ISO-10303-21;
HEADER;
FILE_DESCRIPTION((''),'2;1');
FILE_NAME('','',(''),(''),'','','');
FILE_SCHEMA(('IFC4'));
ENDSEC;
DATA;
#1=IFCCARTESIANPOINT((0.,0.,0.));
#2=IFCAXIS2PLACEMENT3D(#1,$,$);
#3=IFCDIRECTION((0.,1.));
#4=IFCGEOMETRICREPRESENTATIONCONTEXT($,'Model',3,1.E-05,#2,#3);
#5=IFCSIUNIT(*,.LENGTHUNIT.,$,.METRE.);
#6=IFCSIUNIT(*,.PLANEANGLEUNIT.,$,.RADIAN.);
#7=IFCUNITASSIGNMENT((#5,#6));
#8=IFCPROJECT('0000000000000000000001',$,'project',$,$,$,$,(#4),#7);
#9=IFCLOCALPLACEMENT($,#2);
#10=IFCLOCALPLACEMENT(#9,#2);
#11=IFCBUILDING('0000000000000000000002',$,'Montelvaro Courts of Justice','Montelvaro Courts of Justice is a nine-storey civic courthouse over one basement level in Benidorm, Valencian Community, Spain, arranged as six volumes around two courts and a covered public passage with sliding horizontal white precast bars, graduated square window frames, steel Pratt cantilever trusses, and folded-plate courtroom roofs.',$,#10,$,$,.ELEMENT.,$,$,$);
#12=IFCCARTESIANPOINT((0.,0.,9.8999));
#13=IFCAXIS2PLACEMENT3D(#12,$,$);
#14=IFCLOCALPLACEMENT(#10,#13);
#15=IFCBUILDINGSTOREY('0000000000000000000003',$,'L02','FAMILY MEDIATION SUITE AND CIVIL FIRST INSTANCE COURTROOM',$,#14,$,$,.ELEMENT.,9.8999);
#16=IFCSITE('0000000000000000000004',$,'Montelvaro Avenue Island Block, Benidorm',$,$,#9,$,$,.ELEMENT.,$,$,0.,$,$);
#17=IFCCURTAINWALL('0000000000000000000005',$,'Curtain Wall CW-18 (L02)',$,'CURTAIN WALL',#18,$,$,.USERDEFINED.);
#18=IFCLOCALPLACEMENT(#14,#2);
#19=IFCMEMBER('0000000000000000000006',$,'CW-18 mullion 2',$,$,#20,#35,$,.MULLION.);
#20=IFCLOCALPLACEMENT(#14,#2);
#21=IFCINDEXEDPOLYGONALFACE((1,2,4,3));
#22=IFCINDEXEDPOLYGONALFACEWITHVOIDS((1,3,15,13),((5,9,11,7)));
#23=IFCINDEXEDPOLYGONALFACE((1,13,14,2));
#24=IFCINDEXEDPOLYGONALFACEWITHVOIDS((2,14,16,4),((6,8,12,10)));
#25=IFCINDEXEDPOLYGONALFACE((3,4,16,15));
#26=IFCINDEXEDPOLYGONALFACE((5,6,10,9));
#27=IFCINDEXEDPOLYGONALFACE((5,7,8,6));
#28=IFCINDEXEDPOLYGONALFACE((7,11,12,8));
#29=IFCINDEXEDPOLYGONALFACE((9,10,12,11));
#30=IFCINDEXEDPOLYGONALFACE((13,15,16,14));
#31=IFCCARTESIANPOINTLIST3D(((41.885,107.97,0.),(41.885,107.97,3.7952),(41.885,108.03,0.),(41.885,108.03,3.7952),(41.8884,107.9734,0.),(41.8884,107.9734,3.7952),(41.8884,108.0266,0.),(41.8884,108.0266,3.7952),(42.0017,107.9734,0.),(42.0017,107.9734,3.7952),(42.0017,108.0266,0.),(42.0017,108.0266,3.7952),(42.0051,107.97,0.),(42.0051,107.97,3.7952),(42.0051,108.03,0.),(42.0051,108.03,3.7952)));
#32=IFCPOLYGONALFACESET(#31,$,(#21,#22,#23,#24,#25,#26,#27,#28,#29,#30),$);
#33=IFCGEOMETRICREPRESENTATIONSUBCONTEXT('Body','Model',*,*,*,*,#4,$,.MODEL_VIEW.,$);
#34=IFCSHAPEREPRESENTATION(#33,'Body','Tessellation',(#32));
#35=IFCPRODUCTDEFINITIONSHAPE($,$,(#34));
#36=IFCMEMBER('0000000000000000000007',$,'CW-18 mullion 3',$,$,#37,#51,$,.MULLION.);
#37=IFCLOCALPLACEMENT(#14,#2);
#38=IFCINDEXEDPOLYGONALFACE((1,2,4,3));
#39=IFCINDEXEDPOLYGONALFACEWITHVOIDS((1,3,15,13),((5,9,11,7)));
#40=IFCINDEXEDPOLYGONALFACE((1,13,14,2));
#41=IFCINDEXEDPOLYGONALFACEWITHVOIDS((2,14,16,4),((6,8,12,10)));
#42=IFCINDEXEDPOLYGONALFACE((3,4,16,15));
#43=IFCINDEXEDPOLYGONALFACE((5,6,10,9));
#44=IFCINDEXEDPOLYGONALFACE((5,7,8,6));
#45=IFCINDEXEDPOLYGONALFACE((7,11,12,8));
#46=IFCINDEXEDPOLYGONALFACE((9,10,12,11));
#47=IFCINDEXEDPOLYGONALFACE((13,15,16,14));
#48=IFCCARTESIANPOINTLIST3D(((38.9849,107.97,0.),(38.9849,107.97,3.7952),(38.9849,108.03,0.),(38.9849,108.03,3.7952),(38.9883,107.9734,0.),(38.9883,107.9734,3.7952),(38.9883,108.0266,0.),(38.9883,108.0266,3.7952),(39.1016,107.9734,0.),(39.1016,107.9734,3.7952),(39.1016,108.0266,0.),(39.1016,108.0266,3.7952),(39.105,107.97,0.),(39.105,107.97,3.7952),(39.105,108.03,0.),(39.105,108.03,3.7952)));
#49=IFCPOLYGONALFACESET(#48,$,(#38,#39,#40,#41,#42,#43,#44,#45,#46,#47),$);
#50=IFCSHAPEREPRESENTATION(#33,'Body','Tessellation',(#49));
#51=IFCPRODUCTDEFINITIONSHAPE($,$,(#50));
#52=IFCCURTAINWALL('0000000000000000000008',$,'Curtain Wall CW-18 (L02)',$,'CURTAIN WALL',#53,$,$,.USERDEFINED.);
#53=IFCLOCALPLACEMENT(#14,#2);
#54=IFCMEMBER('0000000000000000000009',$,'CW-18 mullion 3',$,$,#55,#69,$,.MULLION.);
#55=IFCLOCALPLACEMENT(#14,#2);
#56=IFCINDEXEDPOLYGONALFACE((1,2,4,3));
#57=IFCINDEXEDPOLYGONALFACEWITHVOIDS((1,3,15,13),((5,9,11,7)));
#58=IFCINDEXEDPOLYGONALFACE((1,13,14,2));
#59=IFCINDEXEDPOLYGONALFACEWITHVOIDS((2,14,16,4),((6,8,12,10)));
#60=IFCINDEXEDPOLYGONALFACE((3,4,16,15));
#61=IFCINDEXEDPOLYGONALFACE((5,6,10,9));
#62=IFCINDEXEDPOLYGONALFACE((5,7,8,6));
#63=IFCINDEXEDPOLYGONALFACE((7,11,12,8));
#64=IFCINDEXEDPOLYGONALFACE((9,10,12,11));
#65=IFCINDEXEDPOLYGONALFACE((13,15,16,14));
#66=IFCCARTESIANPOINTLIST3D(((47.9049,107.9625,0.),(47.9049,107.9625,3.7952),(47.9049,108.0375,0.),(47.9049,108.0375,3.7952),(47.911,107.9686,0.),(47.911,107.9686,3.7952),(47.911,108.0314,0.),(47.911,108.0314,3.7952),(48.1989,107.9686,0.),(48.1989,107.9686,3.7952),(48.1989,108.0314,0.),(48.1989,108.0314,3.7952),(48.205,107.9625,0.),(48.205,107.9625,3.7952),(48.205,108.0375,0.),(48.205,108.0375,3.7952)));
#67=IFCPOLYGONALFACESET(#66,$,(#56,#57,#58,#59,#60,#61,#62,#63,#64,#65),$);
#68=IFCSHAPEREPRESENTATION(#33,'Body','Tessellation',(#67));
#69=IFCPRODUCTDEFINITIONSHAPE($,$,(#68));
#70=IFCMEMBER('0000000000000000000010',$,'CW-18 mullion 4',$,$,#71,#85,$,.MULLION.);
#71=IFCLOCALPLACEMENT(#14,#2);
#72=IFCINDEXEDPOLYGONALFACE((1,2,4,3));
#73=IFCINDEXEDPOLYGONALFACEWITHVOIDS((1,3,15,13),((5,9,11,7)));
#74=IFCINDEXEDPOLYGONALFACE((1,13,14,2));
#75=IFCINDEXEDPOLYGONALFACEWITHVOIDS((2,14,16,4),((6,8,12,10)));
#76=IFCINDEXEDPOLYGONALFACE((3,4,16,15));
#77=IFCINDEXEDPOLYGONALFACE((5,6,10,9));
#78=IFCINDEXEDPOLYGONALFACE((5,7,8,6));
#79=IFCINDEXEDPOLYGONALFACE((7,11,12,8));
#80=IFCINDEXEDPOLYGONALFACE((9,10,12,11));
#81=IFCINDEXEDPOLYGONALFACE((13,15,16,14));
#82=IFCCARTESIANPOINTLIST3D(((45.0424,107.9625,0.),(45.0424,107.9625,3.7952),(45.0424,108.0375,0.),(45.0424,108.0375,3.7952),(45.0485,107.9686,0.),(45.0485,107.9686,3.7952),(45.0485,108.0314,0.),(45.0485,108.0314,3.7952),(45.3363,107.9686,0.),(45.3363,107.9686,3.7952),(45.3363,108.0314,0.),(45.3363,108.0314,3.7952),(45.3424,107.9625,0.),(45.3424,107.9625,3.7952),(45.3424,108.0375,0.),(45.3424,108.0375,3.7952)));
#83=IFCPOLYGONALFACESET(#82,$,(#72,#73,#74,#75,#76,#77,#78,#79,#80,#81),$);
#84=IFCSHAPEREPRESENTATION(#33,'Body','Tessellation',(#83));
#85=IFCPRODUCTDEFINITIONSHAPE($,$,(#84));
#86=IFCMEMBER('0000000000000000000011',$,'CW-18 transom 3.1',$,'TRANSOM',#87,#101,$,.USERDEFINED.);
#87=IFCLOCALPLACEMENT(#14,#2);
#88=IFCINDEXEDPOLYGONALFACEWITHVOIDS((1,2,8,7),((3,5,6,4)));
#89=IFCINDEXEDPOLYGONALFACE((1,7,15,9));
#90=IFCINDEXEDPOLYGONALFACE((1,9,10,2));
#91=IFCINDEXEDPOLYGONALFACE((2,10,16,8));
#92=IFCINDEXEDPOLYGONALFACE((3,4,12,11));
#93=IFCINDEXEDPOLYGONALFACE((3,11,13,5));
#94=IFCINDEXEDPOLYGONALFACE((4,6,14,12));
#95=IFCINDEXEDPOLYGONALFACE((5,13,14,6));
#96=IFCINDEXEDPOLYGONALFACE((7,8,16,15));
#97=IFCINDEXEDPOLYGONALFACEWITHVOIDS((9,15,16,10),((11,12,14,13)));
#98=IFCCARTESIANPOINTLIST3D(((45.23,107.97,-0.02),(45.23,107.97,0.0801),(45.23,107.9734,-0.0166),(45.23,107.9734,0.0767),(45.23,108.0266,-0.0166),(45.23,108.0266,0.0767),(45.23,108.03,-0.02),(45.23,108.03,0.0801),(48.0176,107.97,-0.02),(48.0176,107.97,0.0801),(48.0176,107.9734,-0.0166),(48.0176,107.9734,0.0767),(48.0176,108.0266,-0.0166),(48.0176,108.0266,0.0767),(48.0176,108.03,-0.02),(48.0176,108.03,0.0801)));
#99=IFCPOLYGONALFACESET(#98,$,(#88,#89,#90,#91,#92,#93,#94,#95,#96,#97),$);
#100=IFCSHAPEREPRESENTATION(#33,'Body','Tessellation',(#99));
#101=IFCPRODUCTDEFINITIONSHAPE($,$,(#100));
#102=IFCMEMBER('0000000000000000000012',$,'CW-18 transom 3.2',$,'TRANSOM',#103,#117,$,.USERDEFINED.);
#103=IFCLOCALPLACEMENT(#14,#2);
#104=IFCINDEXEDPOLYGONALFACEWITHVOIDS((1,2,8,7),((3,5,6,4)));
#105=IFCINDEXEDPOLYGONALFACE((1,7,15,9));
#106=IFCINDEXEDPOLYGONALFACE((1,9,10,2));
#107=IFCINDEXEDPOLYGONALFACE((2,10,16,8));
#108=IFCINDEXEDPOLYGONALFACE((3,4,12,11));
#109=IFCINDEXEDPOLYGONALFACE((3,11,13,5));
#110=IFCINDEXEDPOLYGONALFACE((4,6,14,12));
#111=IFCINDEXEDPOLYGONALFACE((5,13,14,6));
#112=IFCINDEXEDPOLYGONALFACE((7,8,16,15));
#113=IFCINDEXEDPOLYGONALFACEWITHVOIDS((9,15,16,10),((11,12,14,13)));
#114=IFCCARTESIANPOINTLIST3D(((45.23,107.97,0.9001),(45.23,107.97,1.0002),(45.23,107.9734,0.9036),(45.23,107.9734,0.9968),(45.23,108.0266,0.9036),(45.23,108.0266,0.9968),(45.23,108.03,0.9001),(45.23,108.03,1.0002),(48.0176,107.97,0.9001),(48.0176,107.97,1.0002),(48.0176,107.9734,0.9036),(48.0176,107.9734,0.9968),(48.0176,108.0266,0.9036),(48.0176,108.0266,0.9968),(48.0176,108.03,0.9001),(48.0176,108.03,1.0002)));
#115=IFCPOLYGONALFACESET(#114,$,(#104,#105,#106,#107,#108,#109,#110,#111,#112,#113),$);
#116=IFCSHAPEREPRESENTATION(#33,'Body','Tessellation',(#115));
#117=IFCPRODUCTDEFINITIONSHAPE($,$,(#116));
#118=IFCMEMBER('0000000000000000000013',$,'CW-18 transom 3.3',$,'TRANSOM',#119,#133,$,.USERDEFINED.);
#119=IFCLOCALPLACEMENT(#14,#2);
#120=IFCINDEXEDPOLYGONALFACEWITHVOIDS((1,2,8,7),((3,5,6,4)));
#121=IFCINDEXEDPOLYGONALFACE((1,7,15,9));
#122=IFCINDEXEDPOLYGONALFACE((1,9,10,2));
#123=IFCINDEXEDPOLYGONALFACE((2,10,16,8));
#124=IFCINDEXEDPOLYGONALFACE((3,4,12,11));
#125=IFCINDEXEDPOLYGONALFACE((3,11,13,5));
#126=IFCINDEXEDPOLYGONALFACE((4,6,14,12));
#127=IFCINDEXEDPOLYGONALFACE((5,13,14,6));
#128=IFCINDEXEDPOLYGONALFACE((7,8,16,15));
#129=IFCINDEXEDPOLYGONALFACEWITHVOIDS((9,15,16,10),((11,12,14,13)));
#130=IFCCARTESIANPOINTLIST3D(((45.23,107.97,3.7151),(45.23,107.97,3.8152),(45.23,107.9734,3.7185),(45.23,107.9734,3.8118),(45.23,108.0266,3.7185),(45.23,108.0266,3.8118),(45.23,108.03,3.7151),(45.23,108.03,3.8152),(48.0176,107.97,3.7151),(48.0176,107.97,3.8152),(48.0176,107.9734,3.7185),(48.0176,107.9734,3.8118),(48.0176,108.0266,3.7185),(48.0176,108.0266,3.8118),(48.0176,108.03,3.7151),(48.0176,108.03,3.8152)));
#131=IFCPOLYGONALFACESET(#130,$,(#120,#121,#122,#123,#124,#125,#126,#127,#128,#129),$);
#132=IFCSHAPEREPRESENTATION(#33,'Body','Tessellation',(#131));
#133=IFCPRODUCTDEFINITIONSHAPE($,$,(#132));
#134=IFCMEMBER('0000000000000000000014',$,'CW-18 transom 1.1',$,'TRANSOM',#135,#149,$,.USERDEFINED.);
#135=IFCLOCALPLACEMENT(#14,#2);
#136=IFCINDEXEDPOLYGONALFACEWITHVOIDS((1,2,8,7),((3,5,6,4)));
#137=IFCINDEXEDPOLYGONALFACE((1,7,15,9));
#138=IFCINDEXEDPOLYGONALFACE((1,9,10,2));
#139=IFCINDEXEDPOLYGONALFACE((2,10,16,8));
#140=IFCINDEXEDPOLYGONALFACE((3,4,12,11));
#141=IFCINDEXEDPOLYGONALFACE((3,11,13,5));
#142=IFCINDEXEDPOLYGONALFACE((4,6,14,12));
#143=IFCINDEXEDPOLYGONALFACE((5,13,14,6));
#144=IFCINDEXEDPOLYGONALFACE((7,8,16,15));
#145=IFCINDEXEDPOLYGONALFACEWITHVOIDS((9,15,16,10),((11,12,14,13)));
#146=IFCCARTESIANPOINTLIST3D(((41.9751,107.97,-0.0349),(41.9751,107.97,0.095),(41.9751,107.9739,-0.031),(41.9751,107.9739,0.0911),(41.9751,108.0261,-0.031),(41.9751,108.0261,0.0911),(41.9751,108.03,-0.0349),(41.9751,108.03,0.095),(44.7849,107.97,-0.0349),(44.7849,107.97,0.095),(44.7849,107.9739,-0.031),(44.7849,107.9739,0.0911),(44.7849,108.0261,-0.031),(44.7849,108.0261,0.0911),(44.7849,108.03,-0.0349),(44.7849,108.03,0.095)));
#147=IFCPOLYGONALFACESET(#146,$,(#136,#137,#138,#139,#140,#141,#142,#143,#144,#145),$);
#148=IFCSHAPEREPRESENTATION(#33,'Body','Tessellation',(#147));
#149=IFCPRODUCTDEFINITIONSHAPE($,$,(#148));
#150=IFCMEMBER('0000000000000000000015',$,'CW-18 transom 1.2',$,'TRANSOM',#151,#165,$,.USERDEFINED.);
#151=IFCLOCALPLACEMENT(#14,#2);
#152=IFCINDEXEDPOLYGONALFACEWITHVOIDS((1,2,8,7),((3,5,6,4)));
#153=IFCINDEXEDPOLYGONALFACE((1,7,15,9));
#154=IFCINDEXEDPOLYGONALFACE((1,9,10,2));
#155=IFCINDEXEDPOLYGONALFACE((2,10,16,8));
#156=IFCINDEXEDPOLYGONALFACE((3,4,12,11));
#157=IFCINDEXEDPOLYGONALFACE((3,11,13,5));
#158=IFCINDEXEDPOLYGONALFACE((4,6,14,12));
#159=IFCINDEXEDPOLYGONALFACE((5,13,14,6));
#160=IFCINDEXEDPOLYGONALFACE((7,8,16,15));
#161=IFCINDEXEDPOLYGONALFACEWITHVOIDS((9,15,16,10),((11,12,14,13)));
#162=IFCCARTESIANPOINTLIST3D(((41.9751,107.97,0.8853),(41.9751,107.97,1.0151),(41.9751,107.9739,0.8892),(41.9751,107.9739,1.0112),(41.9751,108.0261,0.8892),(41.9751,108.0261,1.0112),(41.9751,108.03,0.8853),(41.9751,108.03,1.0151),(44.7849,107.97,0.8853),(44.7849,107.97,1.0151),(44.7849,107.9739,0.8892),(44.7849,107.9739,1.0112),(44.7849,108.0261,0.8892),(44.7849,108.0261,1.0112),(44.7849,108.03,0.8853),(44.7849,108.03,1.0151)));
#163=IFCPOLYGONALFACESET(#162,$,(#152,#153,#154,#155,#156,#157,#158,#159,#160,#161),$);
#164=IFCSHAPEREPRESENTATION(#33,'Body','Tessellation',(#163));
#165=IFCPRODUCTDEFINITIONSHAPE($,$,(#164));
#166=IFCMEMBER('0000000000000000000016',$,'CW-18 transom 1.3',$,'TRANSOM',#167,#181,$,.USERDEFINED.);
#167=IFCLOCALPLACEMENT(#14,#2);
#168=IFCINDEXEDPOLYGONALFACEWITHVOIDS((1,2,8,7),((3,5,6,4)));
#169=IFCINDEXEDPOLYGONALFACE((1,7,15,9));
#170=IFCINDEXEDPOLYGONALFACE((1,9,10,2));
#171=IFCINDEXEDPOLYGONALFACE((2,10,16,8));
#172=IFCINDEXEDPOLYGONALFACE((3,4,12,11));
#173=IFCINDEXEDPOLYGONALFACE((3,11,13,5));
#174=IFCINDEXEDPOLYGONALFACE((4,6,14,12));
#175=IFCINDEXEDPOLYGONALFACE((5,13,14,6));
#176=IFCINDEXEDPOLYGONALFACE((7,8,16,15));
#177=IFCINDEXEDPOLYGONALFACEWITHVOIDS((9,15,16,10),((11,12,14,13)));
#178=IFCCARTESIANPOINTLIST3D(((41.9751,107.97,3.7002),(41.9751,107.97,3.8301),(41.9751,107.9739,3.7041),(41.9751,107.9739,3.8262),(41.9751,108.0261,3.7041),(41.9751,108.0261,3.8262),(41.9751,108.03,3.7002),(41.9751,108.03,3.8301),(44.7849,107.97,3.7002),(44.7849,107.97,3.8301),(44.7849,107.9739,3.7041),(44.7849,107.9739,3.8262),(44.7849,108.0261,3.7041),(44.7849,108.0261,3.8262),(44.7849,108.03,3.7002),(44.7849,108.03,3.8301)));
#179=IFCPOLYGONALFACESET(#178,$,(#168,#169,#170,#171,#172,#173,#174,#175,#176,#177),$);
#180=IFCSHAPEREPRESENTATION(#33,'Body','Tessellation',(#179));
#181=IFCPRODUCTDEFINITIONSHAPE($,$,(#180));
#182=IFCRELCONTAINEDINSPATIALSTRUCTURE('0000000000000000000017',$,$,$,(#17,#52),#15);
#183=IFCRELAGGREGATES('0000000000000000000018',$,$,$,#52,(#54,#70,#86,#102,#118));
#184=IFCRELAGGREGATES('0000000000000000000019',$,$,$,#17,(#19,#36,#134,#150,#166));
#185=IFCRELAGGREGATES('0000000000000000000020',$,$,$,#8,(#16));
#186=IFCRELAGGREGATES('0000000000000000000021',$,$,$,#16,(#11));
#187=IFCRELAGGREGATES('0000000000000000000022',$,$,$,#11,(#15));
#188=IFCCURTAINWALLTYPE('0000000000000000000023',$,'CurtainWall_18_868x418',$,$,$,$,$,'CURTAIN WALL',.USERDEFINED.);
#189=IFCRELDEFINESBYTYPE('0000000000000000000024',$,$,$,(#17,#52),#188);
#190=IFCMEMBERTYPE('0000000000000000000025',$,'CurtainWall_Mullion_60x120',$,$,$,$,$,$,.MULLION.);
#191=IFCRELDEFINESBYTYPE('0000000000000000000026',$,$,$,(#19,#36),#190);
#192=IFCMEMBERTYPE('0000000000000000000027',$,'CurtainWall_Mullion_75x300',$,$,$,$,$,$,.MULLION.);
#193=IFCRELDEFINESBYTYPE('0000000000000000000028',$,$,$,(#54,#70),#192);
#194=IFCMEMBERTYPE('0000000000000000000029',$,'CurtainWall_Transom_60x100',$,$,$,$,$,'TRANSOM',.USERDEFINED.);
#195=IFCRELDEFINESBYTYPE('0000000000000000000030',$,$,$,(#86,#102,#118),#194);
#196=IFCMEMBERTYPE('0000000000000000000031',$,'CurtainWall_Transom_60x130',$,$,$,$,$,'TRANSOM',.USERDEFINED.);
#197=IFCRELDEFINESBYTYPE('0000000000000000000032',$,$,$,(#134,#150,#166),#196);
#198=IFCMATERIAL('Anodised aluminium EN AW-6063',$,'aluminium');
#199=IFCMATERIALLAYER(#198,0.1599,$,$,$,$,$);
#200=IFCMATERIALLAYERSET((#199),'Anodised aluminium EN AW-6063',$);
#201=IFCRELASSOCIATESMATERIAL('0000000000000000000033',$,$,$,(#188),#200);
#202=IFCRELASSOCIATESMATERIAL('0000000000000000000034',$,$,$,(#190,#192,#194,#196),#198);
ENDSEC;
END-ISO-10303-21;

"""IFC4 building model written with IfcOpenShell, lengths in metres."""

from ifc_helpers import new_model, si_unit, direction, frame, origin, origin_2d, place, context, subcontext, project, spatial, hollow_rectangle, extrude, material, layer, layer_set, material_profile, profile_set, type_object, element, aggregate, save


model = new_model("IFC4")

# Units and contexts
model_context = context("Model", 3, precision=1e-05, world=origin(), true_north=direction((0.0, 1.0)))
body_context = subcontext(model_context, "Body", "Model", "MODEL_VIEW")
ifc_project = project(units=[si_unit("LENGTHUNIT", "METRE"), si_unit("PLANEANGLEUNIT", "RADIAN")], contexts=[model_context])

# Site, building, storey
site_placement = place(None, origin())
site = spatial("IfcSite", under=ifc_project, at=site_placement, Name="Montelvaro Avenue Island Block, Benidorm", CompositionType="ELEMENT", RefElevation=0.0)
building_placement = place(site_placement, origin())
building = spatial("IfcBuilding", under=site, at=building_placement, Name="Montelvaro Courts of Justice", Description="Montelvaro Courts of Justice is a nine-storey civic courthouse over one basement level in Benidorm, Valencian Community, Spain, arranged as six volumes around two courts and a covered public passage with sliding horizontal white precast bars, graduated square window frames, steel Pratt cantilever trusses, and folded-plate courtroom roofs.", CompositionType="ELEMENT")
storey_placement = place(building_placement, frame((0.0, 0.0, 9.8999)))
storey = spatial("IfcBuildingStorey", under=building, at=storey_placement, Name="L02", Description="FAMILY MEDIATION SUITE AND CIVIL FIRST INSTANCE COURTROOM", CompositionType="ELEMENT", Elevation=9.8999)

# Curtain walls, members
ifc_material_1 = material(Name="Anodised aluminium EN AW-6063", Category="aluminium")
ifc_layer_1 = layer(ifc_material_1, 0.1599)
ifc_layer_set_1 = layer_set([ifc_layer_1], Name="Anodised aluminium EN AW-6063")
curtain_wall_type = type_object("IfcCurtainWallType", Name="CurtainWall_18_868x418", ElementType="CURTAIN WALL", PredefinedType="USERDEFINED", material=ifc_layer_set_1)
curtain_wall_1_placement = place(storey_placement, origin())
curtain_wall_1 = element("IfcCurtainWall", 1, at=curtain_wall_1_placement, inside=storey, type_object=curtain_wall_type, Name="Curtain Wall CW-18 (L02)", ObjectType="CURTAIN WALL", PredefinedType="USERDEFINED")
ifc_material_profile_1 = material_profile(ifc_material_1, hollow_rectangle(XDim=0.0601, YDim=0.1201, WallThickness=0.0034, at=origin_2d()), Name="ALU-M 60x120")
ifc_profile_set_1 = profile_set([ifc_material_profile_1], Name="Anodised aluminium EN AW-6063")
member_type_1 = type_object("IfcMemberType", Name="CurtainWall_Mullion_60x120", PredefinedType="MULLION", material=ifc_profile_set_1)
member_1_placement = place(storey_placement, frame((41.9451, 108.0, 0.0), z_axis=(0.0, 0.0, 1.0), x_axis=(0.0, -1.0, 0.0)))
member_1 = element("IfcMember", 2, at=member_1_placement, type_object=member_type_1, Name="CW-18 mullion 2", PredefinedType="MULLION", context=body_context, shape_type="SweptSolid", body=[
    extrude(hollow_rectangle(XDim=0.0601, YDim=0.1201, WallThickness=0.0034, at=origin_2d()), origin(), (0.0, 0.0, 1.0), 3.7952),
])
member_2_placement = place(storey_placement, frame((39.0449, 108.0, 0.0), z_axis=(0.0, 0.0, 1.0), x_axis=(0.0, -1.0, 0.0)))
member_2 = element("IfcMember", 3, at=member_2_placement, type_object=member_type_1, Name="CW-18 mullion 3", PredefinedType="MULLION", context=body_context, shape_type="SweptSolid", body=[
    extrude(hollow_rectangle(XDim=0.0601, YDim=0.1201, WallThickness=0.0034, at=origin_2d()), origin(), (0.0, 0.0, 1.0), 3.7952),
])
curtain_wall_2_placement = place(storey_placement, origin())
curtain_wall_2 = element("IfcCurtainWall", 4, at=curtain_wall_2_placement, inside=storey, type_object=curtain_wall_type, Name="Curtain Wall CW-18 (L02)", ObjectType="CURTAIN WALL", PredefinedType="USERDEFINED")
ifc_material_profile_2 = material_profile(ifc_material_1, hollow_rectangle(XDim=0.075, YDim=0.3, WallThickness=0.0061, at=origin_2d()), Name="ALU-M 75x300")
ifc_profile_set_2 = profile_set([ifc_material_profile_2], Name="Anodised aluminium EN AW-6063")
member_type_2 = type_object("IfcMemberType", Name="CurtainWall_Mullion_75x300", PredefinedType="MULLION", material=ifc_profile_set_2)
member_3_placement = place(storey_placement, frame((48.0549, 108.0, 0.0), z_axis=(0.0, 0.0, 1.0), x_axis=(0.0, -1.0, 0.0)))
member_3 = element("IfcMember", 5, at=member_3_placement, type_object=member_type_2, Name="CW-18 mullion 3", PredefinedType="MULLION", context=body_context, shape_type="SweptSolid", body=[
    extrude(hollow_rectangle(XDim=0.075, YDim=0.3, WallThickness=0.0061, at=origin_2d()), origin(), (0.0, 0.0, 1.0), 3.7952),
])
member_4_placement = place(storey_placement, frame((45.1924, 108.0, 0.0), z_axis=(0.0, 0.0, 1.0), x_axis=(0.0, -1.0, 0.0)))
member_4 = element("IfcMember", 6, at=member_4_placement, type_object=member_type_2, Name="CW-18 mullion 4", PredefinedType="MULLION", context=body_context, shape_type="SweptSolid", body=[
    extrude(hollow_rectangle(XDim=0.075, YDim=0.3, WallThickness=0.0061, at=origin_2d()), origin(), (0.0, 0.0, 1.0), 3.7952),
])
ifc_material_profile_3 = material_profile(ifc_material_1, hollow_rectangle(XDim=0.0601, YDim=0.1001, WallThickness=0.0034, at=origin_2d()), Name="ALU-T 60x100")
ifc_profile_set_3 = profile_set([ifc_material_profile_3], Name="Anodised aluminium EN AW-6063")
member_type_3 = type_object("IfcMemberType", Name="CurtainWall_Transom_60x100", ElementType="TRANSOM", PredefinedType="USERDEFINED", material=ifc_profile_set_3)
member_5_placement = place(storey_placement, frame((48.0176, 108.0, 0.03), z_axis=(-1.0, 0.0, 0.0), x_axis=(0.0, -1.0, 0.0)))
member_5 = element("IfcMember", 7, at=member_5_placement, type_object=member_type_3, Name="CW-18 transom 3.1", ObjectType="TRANSOM", PredefinedType="USERDEFINED", context=body_context, shape_type="SweptSolid", body=[
    extrude(hollow_rectangle(XDim=0.0601, YDim=0.1001, WallThickness=0.0034, at=origin_2d()), origin(), (0.0, 0.0, 1.0), 2.7876),
])
member_6_placement = place(storey_placement, frame((48.0176, 108.0, 0.9502), z_axis=(-1.0, 0.0, 0.0), x_axis=(0.0, -1.0, 0.0)))
member_6 = element("IfcMember", 8, at=member_6_placement, type_object=member_type_3, Name="CW-18 transom 3.2", ObjectType="TRANSOM", PredefinedType="USERDEFINED", context=body_context, shape_type="SweptSolid", body=[
    extrude(hollow_rectangle(XDim=0.0601, YDim=0.1001, WallThickness=0.0034, at=origin_2d()), origin(), (0.0, 0.0, 1.0), 2.7876),
])
member_7_placement = place(storey_placement, frame((48.0176, 108.0, 3.7651), z_axis=(-1.0, 0.0, 0.0), x_axis=(0.0, -1.0, 0.0)))
member_7 = element("IfcMember", 9, at=member_7_placement, type_object=member_type_3, Name="CW-18 transom 3.3", ObjectType="TRANSOM", PredefinedType="USERDEFINED", context=body_context, shape_type="SweptSolid", body=[
    extrude(hollow_rectangle(XDim=0.0601, YDim=0.1001, WallThickness=0.0034, at=origin_2d()), origin(), (0.0, 0.0, 1.0), 2.7876),
])

# Members
ifc_material_profile_4 = material_profile(ifc_material_1, hollow_rectangle(XDim=0.0601, YDim=0.1299, WallThickness=0.0039, at=origin_2d()), Name="ALU-T 60x130")
ifc_profile_set_4 = profile_set([ifc_material_profile_4], Name="Anodised aluminium EN AW-6063")
member_type_4 = type_object("IfcMemberType", Name="CurtainWall_Transom_60x130", ElementType="TRANSOM", PredefinedType="USERDEFINED", material=ifc_profile_set_4)
member_8_placement = place(storey_placement, frame((44.7849, 108.0, 0.03), z_axis=(-1.0, 0.0, 0.0), x_axis=(0.0, -1.0, 0.0)))
member_8 = element("IfcMember", 10, at=member_8_placement, type_object=member_type_4, Name="CW-18 transom 1.1", ObjectType="TRANSOM", PredefinedType="USERDEFINED", context=body_context, shape_type="SweptSolid", body=[
    extrude(hollow_rectangle(XDim=0.0601, YDim=0.1299, WallThickness=0.0039, at=origin_2d()), origin(), (0.0, 0.0, 1.0), 2.8098),
])
member_9_placement = place(storey_placement, frame((44.7849, 108.0, 0.9502), z_axis=(-1.0, 0.0, 0.0), x_axis=(0.0, -1.0, 0.0)))
member_9 = element("IfcMember", 11, at=member_9_placement, type_object=member_type_4, Name="CW-18 transom 1.2", ObjectType="TRANSOM", PredefinedType="USERDEFINED", context=body_context, shape_type="SweptSolid", body=[
    extrude(hollow_rectangle(XDim=0.0601, YDim=0.1299, WallThickness=0.0039, at=origin_2d()), origin(), (0.0, 0.0, 1.0), 2.8098),
])
member_10_placement = place(storey_placement, frame((44.7849, 108.0, 3.7651), z_axis=(-1.0, 0.0, 0.0), x_axis=(0.0, -1.0, 0.0)))
member_10 = element("IfcMember", 12, at=member_10_placement, type_object=member_type_4, Name="CW-18 transom 1.3", ObjectType="TRANSOM", PredefinedType="USERDEFINED", context=body_context, shape_type="SweptSolid", body=[
    extrude(hollow_rectangle(XDim=0.0601, YDim=0.1299, WallThickness=0.0039, at=origin_2d()), origin(), (0.0, 0.0, 1.0), 2.8098),
])

aggregate(curtain_wall_2, [member_3, member_4, member_5, member_6, member_7])
aggregate(curtain_wall_1, [member_1, member_2, member_8, member_9, member_10])

save(model, "model.ifc")
